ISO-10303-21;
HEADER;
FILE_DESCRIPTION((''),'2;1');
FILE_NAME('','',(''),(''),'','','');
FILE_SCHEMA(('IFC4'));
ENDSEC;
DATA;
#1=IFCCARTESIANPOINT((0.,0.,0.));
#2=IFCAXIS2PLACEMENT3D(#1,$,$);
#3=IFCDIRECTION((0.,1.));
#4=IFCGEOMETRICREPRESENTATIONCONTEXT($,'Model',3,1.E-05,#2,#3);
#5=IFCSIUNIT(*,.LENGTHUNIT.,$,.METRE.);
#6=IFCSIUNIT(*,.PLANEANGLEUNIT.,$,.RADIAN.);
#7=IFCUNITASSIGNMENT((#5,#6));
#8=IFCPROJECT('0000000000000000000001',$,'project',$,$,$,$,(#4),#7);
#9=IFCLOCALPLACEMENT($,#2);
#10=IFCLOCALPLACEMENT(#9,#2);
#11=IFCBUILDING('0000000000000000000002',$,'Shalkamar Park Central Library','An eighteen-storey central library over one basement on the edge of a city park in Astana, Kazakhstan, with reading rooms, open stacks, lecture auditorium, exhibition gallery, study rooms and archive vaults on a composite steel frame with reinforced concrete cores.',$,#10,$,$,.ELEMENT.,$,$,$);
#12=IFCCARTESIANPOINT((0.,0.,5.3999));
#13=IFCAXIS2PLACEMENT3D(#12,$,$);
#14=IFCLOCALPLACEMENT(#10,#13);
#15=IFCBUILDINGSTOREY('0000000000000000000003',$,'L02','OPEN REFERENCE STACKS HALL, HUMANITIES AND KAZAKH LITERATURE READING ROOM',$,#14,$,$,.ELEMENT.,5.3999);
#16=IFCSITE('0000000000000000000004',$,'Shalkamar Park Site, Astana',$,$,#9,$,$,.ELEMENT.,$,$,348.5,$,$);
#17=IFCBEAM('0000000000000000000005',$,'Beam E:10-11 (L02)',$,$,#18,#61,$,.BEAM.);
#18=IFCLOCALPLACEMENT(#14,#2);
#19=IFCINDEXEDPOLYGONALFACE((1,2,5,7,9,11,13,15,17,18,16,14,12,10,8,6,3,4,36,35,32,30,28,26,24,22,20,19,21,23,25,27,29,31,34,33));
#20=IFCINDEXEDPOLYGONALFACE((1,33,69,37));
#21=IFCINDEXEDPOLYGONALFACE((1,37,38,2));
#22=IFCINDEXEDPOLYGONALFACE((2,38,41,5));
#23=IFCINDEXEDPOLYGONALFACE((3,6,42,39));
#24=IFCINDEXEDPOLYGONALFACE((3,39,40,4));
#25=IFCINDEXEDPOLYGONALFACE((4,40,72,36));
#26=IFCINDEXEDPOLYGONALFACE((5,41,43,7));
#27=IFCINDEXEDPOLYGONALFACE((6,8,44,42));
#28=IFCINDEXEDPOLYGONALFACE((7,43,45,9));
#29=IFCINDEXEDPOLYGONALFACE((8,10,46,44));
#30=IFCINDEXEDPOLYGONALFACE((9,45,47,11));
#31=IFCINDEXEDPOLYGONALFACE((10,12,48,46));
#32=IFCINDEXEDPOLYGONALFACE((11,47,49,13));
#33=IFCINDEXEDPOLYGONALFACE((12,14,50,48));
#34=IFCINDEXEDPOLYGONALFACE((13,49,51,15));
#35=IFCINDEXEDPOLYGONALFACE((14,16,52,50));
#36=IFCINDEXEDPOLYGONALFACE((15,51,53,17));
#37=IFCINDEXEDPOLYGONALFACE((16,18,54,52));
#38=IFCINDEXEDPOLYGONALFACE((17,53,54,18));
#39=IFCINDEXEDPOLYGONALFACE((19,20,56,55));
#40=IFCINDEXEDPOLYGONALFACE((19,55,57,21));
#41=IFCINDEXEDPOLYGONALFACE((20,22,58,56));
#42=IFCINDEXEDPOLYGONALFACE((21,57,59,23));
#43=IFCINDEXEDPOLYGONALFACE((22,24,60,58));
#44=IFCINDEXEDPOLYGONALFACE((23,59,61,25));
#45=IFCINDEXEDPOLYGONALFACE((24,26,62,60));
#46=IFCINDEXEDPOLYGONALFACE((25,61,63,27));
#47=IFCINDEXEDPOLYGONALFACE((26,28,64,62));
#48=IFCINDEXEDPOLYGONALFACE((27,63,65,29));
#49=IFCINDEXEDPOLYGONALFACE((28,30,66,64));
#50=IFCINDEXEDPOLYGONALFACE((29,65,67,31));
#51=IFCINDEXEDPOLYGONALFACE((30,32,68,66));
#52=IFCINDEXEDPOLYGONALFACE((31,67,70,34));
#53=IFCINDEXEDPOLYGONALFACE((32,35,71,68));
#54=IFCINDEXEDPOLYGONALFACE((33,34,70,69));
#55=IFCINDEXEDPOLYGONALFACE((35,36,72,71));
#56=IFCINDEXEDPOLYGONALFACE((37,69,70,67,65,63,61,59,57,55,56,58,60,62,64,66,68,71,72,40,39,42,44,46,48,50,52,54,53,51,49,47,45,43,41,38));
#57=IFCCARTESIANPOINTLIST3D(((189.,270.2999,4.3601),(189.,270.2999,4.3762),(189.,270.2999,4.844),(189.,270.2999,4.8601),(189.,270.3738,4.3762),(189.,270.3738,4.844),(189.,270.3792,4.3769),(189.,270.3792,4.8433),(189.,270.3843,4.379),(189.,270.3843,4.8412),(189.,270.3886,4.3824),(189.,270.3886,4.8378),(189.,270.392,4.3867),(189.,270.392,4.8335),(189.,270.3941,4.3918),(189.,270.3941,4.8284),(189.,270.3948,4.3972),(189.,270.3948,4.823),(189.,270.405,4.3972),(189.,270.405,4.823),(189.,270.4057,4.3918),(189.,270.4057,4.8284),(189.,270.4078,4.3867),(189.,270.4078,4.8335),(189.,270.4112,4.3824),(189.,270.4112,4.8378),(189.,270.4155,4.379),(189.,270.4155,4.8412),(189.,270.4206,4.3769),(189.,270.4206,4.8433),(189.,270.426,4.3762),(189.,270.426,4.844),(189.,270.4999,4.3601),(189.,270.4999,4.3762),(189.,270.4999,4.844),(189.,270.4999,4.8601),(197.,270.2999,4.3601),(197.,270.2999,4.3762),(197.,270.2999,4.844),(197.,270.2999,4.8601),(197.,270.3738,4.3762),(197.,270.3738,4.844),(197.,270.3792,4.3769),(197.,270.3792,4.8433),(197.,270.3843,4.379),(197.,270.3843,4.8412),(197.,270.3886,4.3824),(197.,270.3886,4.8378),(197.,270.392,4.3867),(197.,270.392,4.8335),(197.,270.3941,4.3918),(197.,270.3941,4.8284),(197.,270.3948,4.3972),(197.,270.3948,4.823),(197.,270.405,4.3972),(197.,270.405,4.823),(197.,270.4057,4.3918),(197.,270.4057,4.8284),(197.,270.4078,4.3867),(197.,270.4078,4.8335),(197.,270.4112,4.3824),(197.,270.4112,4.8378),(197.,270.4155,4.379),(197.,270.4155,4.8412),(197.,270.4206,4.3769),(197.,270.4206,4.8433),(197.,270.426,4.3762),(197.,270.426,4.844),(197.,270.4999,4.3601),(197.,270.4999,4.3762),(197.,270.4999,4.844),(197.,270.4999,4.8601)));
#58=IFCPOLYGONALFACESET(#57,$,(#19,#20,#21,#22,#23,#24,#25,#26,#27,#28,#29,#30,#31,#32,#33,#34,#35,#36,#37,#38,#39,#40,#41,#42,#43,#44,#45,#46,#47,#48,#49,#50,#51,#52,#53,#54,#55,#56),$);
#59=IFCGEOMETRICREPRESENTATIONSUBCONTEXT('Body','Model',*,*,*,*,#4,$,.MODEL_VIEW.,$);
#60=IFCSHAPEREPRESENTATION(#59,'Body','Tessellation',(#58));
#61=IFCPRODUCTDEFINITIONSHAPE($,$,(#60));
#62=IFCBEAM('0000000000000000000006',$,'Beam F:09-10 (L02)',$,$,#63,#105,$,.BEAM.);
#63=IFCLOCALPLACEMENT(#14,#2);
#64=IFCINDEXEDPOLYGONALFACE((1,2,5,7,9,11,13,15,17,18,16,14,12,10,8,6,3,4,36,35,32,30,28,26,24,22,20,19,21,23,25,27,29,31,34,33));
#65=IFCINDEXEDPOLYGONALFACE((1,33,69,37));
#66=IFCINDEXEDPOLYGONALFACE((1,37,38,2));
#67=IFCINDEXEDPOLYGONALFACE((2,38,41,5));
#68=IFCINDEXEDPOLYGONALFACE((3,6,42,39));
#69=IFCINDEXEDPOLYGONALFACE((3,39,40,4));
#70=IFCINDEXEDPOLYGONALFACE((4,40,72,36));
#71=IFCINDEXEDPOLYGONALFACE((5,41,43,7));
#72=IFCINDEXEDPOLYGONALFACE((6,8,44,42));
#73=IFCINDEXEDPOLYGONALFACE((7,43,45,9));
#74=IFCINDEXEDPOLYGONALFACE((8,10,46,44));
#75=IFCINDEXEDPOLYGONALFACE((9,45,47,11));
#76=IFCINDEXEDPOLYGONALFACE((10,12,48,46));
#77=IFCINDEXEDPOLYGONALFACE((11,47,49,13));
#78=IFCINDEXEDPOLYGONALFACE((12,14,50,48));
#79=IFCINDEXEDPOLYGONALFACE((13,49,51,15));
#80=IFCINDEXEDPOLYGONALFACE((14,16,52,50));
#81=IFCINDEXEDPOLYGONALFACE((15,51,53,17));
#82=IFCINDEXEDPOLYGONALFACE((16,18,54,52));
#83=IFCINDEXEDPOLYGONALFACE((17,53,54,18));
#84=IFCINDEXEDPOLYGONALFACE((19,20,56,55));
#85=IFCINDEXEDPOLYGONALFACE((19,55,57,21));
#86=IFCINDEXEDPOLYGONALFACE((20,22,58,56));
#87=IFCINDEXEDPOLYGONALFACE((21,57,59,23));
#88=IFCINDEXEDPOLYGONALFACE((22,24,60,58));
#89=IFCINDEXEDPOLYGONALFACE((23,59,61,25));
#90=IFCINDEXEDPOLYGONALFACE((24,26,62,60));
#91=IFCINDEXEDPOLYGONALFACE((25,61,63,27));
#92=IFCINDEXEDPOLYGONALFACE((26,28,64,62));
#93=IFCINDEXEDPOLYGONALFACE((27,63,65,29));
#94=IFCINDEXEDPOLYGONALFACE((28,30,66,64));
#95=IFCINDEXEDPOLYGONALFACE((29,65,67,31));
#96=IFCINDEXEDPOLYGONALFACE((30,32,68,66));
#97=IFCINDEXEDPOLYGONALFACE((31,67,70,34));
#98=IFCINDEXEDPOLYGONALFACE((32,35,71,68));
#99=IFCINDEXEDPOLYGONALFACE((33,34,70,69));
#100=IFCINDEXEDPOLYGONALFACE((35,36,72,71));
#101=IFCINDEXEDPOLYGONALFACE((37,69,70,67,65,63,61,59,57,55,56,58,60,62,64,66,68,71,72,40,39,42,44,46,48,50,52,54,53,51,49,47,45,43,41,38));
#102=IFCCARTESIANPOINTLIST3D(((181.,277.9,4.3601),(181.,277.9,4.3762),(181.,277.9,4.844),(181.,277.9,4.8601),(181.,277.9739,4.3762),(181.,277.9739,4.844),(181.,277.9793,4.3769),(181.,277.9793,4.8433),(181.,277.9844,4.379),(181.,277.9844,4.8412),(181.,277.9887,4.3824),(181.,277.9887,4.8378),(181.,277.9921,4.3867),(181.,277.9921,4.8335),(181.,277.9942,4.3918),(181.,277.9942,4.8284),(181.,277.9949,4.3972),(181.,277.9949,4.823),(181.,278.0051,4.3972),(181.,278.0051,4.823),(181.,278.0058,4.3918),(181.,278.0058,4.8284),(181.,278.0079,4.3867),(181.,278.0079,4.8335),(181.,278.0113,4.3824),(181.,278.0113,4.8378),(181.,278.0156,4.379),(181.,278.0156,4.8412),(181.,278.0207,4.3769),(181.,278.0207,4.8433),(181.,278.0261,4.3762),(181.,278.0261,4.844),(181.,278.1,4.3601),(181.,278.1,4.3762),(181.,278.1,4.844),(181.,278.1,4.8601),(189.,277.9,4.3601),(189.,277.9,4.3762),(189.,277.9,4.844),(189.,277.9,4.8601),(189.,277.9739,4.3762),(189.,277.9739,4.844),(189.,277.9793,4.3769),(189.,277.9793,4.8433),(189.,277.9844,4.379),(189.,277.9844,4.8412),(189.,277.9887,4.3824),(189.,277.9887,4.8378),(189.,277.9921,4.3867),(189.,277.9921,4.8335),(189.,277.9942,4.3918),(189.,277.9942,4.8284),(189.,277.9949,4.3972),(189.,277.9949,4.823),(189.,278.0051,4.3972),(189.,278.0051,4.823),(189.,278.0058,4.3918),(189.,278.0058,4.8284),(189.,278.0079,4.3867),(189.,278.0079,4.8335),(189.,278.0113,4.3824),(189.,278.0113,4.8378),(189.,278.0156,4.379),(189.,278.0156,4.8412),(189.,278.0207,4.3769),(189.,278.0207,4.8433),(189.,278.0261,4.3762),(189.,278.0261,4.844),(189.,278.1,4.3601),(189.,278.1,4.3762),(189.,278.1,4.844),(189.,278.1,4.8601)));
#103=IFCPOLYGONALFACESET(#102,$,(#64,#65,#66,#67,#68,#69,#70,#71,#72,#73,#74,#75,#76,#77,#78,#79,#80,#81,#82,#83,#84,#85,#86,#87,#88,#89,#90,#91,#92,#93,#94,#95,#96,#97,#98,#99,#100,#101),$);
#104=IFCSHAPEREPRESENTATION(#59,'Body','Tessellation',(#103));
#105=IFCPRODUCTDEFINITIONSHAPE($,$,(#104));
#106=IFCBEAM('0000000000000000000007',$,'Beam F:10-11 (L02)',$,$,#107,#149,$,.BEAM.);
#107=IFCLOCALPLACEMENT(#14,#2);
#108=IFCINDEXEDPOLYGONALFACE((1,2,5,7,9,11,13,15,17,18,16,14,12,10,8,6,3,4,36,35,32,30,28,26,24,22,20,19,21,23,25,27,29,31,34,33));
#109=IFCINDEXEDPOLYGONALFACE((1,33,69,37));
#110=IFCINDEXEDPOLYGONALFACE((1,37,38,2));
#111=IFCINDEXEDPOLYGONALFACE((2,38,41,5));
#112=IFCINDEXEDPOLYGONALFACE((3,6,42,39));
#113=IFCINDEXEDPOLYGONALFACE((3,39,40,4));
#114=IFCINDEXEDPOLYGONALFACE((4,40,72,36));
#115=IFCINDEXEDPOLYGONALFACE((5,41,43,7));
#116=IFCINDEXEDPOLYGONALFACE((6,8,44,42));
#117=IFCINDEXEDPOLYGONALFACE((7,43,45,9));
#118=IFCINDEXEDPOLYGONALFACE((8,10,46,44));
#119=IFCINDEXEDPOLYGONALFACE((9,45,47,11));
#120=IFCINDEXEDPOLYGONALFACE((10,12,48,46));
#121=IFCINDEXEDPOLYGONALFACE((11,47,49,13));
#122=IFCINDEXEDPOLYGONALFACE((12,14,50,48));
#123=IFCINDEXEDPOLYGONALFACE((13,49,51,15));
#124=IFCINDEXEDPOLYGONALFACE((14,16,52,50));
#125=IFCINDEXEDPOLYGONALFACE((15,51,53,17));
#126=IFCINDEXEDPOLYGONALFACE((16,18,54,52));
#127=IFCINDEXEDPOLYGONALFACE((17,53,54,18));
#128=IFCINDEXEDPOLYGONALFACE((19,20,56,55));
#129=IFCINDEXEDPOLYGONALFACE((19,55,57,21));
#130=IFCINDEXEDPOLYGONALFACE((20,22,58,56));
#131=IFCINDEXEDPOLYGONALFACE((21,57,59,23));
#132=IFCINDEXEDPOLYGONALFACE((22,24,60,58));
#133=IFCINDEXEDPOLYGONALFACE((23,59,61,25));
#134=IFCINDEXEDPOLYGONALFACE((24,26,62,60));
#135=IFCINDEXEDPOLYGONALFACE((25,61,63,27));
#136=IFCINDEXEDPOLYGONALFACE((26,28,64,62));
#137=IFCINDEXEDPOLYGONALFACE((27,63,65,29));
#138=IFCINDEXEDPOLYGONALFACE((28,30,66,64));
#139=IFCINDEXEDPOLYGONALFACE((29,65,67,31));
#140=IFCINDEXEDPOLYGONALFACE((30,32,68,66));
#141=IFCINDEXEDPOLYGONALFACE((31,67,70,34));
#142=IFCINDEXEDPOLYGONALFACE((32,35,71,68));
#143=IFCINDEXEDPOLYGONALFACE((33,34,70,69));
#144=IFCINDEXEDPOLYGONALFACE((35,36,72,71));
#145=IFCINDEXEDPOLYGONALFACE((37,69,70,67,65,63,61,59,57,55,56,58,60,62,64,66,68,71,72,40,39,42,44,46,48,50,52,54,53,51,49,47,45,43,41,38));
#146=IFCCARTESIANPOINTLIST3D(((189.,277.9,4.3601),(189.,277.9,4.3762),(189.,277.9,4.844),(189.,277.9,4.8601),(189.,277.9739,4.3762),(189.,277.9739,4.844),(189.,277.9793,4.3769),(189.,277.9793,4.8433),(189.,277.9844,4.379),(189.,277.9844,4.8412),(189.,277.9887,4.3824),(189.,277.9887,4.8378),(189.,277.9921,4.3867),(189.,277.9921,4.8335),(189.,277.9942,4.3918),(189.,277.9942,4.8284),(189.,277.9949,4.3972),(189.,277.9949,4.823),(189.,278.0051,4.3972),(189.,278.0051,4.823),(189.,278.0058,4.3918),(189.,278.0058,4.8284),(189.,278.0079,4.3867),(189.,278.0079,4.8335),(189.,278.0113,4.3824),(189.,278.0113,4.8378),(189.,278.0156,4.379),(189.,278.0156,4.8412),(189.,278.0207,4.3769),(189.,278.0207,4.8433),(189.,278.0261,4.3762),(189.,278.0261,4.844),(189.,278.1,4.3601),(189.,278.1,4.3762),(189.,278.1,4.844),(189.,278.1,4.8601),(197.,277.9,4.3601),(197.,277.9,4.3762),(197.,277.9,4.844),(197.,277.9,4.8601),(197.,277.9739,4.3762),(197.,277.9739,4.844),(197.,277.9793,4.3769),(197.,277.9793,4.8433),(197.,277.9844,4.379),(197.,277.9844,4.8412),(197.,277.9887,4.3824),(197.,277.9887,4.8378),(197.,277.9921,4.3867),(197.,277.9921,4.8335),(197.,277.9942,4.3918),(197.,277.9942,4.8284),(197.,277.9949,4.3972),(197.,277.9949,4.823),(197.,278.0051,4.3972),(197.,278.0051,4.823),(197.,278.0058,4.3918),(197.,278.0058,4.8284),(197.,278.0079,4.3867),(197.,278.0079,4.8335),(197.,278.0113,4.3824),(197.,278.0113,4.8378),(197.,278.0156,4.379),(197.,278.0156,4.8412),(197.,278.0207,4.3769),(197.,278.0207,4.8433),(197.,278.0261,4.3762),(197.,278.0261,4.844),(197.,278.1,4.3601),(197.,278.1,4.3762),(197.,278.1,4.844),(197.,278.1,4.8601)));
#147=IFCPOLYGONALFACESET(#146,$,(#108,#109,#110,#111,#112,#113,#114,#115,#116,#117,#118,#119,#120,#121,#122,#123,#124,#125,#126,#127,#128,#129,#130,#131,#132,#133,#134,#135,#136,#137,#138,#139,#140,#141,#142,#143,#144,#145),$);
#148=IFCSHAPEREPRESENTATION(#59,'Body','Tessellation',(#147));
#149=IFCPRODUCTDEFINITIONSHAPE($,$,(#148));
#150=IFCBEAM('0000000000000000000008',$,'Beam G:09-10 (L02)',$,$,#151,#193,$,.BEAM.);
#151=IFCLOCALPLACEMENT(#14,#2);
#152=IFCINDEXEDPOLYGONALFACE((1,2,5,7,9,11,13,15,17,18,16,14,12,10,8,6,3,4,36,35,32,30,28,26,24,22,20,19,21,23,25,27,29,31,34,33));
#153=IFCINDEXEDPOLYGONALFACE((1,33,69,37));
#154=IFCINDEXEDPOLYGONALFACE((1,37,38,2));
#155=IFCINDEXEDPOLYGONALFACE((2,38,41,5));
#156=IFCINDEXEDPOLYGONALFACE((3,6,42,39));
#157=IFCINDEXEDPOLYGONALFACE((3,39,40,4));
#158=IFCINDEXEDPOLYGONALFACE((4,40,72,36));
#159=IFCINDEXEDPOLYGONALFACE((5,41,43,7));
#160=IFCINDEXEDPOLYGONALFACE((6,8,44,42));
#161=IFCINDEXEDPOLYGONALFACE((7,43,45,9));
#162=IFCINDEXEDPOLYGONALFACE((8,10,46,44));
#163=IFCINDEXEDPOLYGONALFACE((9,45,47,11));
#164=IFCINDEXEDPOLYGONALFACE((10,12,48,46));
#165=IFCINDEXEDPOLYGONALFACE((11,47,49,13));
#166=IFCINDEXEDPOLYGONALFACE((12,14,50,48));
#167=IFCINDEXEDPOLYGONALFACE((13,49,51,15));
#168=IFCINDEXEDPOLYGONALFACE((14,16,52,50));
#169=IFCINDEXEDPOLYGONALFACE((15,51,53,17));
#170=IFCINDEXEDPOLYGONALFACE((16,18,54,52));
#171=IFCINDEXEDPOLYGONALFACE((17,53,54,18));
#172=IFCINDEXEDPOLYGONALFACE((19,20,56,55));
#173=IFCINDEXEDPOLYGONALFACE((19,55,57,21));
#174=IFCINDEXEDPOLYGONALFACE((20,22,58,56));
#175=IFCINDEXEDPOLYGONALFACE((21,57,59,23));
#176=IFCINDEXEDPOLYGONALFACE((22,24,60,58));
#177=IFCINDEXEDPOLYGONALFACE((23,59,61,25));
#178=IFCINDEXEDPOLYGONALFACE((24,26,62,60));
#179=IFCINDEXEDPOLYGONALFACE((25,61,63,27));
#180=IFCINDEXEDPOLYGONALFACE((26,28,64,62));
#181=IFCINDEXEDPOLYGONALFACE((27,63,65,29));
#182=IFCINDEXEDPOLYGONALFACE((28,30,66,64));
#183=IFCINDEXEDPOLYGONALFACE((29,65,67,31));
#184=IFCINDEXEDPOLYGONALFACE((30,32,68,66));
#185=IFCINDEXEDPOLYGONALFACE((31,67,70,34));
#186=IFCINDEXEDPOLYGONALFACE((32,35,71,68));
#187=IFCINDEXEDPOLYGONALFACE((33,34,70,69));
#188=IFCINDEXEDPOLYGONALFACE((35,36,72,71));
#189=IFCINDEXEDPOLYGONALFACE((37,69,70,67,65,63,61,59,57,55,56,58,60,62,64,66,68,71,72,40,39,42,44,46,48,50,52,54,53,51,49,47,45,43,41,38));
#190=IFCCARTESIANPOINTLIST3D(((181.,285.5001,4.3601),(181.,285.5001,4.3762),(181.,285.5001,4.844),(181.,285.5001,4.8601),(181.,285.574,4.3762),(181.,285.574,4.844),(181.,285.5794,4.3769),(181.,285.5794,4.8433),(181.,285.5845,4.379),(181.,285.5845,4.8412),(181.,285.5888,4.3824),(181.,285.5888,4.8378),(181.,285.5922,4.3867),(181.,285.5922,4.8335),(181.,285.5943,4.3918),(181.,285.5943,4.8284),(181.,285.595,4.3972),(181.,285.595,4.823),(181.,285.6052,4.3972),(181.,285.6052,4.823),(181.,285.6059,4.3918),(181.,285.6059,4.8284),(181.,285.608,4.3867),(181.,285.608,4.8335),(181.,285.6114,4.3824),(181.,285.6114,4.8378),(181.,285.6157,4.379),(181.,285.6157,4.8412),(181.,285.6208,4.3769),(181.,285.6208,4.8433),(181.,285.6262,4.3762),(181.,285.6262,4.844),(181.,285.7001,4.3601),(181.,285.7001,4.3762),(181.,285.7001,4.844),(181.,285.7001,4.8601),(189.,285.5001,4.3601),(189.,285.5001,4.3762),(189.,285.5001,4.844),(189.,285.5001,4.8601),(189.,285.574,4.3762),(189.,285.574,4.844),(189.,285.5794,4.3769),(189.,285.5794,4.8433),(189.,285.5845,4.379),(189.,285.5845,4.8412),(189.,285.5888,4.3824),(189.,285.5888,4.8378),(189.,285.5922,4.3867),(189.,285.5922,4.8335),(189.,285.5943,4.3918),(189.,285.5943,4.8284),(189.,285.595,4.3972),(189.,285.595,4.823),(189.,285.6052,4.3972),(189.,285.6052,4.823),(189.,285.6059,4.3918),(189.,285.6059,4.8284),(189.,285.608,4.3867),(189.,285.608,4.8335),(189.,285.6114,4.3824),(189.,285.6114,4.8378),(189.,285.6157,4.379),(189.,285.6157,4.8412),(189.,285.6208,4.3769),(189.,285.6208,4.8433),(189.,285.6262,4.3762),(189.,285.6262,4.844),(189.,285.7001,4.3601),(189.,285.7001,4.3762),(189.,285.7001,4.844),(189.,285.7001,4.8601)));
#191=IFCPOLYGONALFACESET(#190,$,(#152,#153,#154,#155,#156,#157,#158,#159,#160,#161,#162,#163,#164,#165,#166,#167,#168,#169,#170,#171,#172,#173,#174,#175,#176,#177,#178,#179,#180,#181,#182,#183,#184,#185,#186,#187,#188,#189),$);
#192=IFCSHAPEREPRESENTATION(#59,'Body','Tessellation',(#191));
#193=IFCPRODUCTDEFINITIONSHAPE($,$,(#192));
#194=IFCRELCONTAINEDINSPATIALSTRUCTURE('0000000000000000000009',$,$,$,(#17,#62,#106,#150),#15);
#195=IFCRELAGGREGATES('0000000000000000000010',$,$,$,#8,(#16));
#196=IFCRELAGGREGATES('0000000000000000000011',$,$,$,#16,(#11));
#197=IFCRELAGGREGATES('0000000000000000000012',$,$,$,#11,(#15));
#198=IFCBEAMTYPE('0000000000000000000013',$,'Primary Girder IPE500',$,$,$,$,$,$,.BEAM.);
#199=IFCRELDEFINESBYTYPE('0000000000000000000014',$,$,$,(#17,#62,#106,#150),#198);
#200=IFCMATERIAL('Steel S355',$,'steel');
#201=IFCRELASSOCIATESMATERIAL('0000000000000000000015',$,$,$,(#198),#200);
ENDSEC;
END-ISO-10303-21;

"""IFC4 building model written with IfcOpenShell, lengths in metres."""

from ifc_helpers import new_model, si_unit, direction, frame, origin, origin_2d, place, context, subcontext, project, spatial, i_section, extrude, material, material_profile, profile_set, type_object, element, save


model = new_model("IFC4")

# Units and contexts
model_context = context("Model", 3, precision=1e-05, world=origin(), true_north=direction((0.0, 1.0)))
body_context = subcontext(model_context, "Body", "Model", "MODEL_VIEW")
ifc_project = project(units=[si_unit("LENGTHUNIT", "METRE"), si_unit("PLANEANGLEUNIT", "RADIAN")], contexts=[model_context])

# Site, building, storey
site_placement = place(None, origin())
site = spatial("IfcSite", under=ifc_project, at=site_placement, Name="Shalkamar Park Site, Astana", CompositionType="ELEMENT", RefElevation=348.5)
building_placement = place(site_placement, origin())
building = spatial("IfcBuilding", under=site, at=building_placement, Name="Shalkamar Park Central Library", Description="An eighteen-storey central library over one basement on the edge of a city park in Astana, Kazakhstan, with reading rooms, open stacks, lecture auditorium, exhibition gallery, study rooms and archive vaults on a composite steel frame with reinforced concrete cores.", CompositionType="ELEMENT")
storey_placement = place(building_placement, frame((0.0, 0.0, 5.3999)))
storey = spatial("IfcBuildingStorey", under=building, at=storey_placement, Name="L02", Description="OPEN REFERENCE STACKS HALL, HUMANITIES AND KAZAKH LITERATURE READING ROOM", CompositionType="ELEMENT", Elevation=5.3999)

# Shared definitions
ifc_material = material(Name="Steel S355", Category="steel")

# Beams
ifc_material_profile_1 = material_profile(ifc_material, i_section(OverallWidth=0.2, OverallDepth=0.5, WebThickness=0.0103, FlangeThickness=0.0161, FilletRadius=0.021, at=origin_2d()), Name="IPE 500")
ifc_profile_set_1 = profile_set([ifc_material_profile_1], Name="Steel S355")
beam_type_1 = type_object("IfcBeamType", Name="Primary Girder IPE500", PredefinedType="BEAM", material=ifc_profile_set_1)
for number, where, z_axis, x_axis, name in (
    (1, (189.0, 270.3999, 4.6101), (1.0, 0.0, 0.0), (0.0, 1.0, 0.0), "Beam E:10-11 (L02)"),
    (2, (181.0, 278.0, 4.6101), (1.0, 0.0, 0.0), (0.0, 1.0, 0.0), "Beam F:09-10 (L02)"),
    (3, (189.0, 278.0, 4.6101), (1.0, 0.0, 0.0), (0.0, 1.0, 0.0), "Beam F:10-11 (L02)"),
    (4, (181.0, 285.6001, 4.6101), (1.0, 0.0, 0.0), (0.0, 1.0, 0.0), "Beam G:09-10 (L02)"),
):
    element("IfcBeam", number, at=place(storey_placement, frame(where, z_axis=z_axis, x_axis=x_axis)), inside=storey, type_object=beam_type_1, Name=name, PredefinedType="BEAM", context=body_context, shape_type="SweptSolid", body=[
        extrude(i_section(OverallWidth=0.2, OverallDepth=0.5, WebThickness=0.0103, FlangeThickness=0.0161, FilletRadius=0.021, at=origin_2d()), origin(), (0.0, 0.0, 1.0), 8.0),
    ])

save(model, "model.ifc")
